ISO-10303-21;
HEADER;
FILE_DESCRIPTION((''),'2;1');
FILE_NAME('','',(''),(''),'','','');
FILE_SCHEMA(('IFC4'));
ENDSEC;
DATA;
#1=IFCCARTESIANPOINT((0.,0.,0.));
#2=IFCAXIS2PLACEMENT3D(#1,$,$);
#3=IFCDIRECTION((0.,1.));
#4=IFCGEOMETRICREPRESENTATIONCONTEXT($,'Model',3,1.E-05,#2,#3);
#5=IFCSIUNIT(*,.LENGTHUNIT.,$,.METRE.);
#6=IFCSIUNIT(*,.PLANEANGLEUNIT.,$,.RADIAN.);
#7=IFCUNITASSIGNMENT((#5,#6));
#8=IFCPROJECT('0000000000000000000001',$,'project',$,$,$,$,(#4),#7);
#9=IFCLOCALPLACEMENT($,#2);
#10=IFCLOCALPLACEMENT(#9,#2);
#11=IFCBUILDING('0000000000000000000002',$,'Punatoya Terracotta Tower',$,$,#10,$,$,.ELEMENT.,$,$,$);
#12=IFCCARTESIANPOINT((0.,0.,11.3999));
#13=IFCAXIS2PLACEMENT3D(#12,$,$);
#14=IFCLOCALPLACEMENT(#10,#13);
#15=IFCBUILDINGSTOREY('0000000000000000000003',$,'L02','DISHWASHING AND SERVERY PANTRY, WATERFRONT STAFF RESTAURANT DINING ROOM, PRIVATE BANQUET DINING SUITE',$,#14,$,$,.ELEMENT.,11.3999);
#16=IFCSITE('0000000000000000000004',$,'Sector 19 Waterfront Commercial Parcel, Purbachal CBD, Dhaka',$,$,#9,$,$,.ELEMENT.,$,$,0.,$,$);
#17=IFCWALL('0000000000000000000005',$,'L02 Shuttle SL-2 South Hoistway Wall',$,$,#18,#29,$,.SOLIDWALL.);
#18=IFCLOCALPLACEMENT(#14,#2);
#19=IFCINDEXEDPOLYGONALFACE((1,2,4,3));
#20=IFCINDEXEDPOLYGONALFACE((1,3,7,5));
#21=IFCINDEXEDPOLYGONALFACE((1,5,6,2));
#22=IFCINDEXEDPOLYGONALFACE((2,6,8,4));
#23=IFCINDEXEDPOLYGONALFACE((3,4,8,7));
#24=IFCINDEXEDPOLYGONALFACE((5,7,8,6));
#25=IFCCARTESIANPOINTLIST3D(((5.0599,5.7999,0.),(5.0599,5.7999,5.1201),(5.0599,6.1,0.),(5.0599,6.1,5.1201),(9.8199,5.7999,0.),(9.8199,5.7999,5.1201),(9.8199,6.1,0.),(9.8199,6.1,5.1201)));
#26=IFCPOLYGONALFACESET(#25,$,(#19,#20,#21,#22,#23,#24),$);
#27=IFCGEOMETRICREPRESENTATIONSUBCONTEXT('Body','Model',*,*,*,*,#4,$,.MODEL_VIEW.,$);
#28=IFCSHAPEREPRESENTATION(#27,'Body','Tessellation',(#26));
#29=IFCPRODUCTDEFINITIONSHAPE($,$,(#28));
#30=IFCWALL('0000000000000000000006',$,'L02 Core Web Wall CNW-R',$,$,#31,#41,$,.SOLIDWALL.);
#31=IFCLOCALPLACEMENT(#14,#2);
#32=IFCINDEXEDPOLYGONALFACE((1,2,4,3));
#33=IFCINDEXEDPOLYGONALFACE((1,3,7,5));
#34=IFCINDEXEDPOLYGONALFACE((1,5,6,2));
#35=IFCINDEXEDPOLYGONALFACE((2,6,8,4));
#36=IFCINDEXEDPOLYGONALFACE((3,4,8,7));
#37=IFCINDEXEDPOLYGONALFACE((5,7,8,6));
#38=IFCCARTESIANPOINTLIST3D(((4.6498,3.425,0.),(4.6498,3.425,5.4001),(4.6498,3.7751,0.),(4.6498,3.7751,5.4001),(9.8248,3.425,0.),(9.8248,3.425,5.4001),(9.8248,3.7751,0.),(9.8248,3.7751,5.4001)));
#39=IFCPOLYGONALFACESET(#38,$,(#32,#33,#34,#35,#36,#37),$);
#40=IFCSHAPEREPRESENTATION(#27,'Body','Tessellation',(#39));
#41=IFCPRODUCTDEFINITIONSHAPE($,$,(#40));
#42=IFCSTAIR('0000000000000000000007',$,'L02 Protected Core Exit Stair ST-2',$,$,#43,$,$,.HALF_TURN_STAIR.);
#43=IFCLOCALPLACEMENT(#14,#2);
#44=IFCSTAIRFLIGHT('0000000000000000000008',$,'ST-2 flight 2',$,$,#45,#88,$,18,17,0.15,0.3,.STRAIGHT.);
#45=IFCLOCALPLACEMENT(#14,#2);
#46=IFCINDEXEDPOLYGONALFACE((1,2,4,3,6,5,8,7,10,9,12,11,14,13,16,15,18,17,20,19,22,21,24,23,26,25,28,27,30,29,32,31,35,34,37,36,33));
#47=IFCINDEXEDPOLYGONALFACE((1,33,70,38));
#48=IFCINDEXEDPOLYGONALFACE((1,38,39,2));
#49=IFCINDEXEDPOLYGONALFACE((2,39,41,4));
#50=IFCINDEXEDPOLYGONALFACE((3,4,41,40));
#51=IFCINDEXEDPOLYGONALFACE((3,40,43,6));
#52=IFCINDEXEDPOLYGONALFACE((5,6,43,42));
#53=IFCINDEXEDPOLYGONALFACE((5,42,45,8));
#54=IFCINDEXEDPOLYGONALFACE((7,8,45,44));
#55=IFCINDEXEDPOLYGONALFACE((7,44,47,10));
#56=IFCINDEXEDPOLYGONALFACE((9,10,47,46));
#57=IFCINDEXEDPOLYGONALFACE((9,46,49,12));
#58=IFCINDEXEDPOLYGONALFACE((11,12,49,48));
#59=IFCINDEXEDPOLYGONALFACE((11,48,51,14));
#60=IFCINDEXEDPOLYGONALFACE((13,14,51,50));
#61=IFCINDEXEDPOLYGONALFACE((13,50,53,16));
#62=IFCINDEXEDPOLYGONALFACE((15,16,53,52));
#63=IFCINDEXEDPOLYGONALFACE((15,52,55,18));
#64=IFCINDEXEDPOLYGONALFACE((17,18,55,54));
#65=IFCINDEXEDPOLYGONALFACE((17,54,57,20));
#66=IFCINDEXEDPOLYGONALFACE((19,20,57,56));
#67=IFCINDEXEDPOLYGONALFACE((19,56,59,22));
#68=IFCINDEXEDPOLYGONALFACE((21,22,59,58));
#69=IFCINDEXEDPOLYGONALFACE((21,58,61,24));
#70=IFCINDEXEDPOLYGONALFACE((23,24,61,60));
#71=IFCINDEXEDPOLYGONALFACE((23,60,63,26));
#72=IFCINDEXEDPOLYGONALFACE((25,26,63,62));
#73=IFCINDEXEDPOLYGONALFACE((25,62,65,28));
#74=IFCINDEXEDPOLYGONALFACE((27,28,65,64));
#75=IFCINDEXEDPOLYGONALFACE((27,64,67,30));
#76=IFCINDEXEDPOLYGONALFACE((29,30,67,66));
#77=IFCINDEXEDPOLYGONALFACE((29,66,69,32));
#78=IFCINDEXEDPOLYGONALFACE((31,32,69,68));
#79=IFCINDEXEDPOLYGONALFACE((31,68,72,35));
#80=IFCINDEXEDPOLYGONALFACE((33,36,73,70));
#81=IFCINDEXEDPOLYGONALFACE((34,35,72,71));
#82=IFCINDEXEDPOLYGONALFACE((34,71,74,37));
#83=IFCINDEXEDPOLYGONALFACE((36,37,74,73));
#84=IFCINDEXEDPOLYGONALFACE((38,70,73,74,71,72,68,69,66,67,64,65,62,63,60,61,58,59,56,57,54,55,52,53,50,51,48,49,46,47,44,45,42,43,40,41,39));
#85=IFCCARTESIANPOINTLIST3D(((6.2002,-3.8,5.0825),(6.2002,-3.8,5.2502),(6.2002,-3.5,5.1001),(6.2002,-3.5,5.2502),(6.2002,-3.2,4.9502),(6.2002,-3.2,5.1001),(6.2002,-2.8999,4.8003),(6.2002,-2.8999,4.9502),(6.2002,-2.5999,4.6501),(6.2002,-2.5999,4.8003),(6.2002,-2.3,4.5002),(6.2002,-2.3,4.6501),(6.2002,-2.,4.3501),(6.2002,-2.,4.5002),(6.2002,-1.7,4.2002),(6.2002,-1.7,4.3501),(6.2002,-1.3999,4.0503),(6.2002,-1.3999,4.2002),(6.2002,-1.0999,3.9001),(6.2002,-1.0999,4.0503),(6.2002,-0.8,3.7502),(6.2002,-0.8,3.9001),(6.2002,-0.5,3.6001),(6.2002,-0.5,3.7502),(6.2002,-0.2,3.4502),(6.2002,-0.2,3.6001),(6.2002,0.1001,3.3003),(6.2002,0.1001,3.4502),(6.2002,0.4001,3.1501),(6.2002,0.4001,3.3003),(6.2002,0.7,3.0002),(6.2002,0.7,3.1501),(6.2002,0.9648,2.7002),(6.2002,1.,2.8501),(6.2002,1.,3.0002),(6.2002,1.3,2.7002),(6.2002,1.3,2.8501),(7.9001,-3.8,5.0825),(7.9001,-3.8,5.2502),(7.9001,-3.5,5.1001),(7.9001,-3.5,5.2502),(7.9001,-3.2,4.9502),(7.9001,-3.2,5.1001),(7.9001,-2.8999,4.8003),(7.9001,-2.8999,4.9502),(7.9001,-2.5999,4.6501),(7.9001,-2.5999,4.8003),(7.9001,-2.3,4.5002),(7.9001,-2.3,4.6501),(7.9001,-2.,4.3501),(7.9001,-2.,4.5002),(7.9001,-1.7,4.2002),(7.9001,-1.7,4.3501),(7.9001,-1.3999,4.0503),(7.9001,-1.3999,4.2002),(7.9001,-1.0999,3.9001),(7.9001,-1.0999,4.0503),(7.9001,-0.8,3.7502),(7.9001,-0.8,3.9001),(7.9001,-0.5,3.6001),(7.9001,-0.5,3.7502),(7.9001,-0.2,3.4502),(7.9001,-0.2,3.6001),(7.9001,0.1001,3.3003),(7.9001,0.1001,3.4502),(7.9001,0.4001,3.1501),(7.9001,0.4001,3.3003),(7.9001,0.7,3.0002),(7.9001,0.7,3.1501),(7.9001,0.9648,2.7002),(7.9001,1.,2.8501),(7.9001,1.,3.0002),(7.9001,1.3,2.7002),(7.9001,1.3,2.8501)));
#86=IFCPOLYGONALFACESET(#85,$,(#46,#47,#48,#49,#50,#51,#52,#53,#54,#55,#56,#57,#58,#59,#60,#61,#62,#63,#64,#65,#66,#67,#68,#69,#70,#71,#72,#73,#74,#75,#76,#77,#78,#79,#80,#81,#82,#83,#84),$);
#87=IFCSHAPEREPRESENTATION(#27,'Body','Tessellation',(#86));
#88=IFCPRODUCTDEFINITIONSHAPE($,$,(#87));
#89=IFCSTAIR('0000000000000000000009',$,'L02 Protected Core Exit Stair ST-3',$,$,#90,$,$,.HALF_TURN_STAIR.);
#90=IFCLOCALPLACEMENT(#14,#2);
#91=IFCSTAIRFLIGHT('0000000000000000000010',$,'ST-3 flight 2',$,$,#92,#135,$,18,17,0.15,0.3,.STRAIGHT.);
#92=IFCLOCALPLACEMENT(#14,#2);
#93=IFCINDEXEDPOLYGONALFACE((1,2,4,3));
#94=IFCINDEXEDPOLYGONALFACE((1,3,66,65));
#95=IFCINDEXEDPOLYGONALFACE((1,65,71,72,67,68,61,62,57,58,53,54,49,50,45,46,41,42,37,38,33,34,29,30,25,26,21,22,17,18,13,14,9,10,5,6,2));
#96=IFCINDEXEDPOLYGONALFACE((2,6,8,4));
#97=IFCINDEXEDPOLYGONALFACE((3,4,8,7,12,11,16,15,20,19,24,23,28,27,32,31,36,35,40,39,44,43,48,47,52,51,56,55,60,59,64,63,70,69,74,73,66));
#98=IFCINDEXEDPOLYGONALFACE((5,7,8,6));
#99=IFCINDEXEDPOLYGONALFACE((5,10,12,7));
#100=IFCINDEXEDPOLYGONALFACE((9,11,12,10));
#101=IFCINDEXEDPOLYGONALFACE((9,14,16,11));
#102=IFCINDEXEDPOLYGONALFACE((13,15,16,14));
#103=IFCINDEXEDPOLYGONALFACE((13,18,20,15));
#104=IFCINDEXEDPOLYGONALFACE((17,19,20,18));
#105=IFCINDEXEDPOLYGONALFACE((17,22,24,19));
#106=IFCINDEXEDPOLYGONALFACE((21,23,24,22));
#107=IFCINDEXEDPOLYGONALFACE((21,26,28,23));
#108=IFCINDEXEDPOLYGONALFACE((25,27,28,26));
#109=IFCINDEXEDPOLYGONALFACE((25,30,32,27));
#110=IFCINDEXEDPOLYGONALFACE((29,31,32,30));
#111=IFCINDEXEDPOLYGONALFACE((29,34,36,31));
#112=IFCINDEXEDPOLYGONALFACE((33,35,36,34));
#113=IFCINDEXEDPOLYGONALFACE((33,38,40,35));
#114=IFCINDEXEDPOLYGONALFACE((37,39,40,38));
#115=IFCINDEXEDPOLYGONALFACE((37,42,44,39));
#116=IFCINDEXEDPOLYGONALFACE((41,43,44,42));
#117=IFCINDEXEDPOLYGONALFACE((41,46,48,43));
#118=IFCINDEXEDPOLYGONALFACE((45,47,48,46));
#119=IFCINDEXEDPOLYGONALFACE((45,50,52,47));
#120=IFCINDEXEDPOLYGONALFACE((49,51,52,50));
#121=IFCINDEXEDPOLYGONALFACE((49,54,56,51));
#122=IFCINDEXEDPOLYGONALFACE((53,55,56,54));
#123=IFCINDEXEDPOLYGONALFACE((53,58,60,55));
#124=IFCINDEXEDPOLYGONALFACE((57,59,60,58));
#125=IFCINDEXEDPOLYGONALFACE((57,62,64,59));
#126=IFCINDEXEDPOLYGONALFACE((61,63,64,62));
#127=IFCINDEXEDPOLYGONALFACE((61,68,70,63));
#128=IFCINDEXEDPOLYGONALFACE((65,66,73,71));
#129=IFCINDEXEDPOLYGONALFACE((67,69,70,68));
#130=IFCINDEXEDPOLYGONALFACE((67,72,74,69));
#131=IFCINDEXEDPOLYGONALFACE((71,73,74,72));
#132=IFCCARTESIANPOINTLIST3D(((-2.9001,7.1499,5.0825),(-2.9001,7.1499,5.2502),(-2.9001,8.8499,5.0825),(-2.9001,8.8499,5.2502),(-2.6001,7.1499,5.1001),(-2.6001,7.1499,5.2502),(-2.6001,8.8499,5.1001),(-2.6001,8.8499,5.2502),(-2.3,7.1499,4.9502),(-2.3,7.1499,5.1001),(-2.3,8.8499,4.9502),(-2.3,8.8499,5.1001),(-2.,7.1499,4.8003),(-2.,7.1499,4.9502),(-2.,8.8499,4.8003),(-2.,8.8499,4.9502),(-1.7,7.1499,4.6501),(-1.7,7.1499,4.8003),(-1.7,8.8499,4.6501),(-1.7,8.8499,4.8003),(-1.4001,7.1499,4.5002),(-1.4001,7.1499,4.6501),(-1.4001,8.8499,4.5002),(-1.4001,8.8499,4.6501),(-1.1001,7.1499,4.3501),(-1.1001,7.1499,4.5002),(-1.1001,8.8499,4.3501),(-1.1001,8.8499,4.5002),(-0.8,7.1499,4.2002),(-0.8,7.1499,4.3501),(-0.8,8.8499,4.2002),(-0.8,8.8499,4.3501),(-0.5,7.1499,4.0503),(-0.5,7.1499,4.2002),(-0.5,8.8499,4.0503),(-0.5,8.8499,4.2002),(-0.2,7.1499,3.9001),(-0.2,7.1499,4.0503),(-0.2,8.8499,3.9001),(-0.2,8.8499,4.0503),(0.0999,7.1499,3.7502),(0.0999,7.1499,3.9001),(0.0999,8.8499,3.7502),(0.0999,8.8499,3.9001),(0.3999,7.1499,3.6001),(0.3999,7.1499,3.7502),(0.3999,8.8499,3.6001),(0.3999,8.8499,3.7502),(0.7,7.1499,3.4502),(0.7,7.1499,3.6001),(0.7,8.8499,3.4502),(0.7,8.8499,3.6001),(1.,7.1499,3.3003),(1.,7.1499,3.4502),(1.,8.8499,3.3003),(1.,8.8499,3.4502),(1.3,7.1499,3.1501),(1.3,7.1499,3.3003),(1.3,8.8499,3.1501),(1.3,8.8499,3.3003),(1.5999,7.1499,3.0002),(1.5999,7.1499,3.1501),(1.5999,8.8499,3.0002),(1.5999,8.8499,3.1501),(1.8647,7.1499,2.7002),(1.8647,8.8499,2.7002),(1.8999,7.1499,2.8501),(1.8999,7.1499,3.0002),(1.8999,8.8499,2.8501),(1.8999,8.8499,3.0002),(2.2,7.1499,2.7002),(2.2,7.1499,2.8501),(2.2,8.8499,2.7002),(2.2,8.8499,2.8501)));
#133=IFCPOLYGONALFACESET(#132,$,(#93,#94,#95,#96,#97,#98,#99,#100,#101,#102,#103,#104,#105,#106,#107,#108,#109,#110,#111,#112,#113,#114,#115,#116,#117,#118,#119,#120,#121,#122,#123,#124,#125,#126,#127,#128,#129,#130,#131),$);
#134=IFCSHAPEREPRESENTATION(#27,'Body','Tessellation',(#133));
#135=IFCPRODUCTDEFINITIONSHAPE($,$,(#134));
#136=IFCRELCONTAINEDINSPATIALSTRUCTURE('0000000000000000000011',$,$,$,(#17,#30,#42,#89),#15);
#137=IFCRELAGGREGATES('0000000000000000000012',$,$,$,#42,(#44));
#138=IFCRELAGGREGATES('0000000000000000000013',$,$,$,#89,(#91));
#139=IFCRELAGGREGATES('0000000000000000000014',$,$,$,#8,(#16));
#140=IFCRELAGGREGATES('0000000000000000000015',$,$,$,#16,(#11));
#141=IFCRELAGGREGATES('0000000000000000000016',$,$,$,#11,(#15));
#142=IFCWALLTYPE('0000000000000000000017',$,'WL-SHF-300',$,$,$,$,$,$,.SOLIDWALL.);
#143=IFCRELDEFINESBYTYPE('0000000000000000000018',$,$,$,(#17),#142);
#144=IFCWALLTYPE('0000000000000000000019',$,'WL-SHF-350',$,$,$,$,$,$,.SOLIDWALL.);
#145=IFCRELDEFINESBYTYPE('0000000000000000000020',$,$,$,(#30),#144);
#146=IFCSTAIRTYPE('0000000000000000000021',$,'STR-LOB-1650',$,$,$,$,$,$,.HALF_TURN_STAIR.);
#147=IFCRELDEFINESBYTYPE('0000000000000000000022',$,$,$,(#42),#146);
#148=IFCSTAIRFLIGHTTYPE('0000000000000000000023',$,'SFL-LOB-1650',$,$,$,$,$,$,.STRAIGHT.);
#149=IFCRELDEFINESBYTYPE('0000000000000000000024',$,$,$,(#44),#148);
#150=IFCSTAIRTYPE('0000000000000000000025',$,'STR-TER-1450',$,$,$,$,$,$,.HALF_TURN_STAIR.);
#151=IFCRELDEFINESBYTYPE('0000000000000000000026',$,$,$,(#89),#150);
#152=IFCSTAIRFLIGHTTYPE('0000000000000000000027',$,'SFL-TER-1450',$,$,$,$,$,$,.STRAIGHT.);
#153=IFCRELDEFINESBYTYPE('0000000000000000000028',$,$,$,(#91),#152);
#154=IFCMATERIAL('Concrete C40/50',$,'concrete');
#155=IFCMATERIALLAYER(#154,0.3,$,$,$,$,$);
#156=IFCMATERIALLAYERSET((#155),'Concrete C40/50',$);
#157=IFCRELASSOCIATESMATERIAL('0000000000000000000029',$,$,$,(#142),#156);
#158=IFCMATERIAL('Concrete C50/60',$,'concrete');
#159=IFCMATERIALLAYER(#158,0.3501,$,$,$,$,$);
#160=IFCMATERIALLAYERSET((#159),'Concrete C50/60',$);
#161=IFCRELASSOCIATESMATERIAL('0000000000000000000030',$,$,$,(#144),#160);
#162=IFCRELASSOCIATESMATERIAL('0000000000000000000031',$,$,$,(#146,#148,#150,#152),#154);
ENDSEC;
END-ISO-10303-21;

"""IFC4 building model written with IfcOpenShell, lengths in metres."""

from ifc_helpers import new_model, si_unit, direction, frame, frame_2d, origin, place, context, subcontext, project, spatial, polyline, rectangle, outline, extrude, material, layer, layer_set, type_object, element, aggregate, save


model = new_model("IFC4")

# Units and contexts
model_context = context("Model", 3, precision=1e-05, world=origin(), true_north=direction((0.0, 1.0)))
body_context = subcontext(model_context, "Body", "Model", "MODEL_VIEW")
ifc_project = project(units=[si_unit("LENGTHUNIT", "METRE"), si_unit("PLANEANGLEUNIT", "RADIAN")], contexts=[model_context])

# Site, building, storey
site_placement = place(None, origin())
site = spatial("IfcSite", under=ifc_project, at=site_placement, Name="Sector 19 Waterfront Commercial Parcel, Purbachal CBD, Dhaka", CompositionType="ELEMENT", RefElevation=0.0)
building_placement = place(site_placement, origin())
building = spatial("IfcBuilding", under=site, at=building_placement, Name="Punatoya Terracotta Tower", CompositionType="ELEMENT")
storey_placement = place(building_placement, frame((0.0, 0.0, 11.3999)))
storey = spatial("IfcBuildingStorey", under=building, at=storey_placement, Name="L02", Description="DISHWASHING AND SERVERY PANTRY, WATERFRONT STAFF RESTAURANT DINING ROOM, PRIVATE BANQUET DINING SUITE", CompositionType="ELEMENT", Elevation=11.3999)

# Shared definitions
ifc_material_1 = material(Name="Concrete C50/60", Category="concrete")

# Shared definitions
ifc_material_2 = material(Name="Concrete C40/50", Category="concrete")

# Walls
ifc_layer_1 = layer(ifc_material_2, 0.3)
ifc_layer_set_1 = layer_set([ifc_layer_1], Name="Concrete C40/50")
wall_type_1 = type_object("IfcWallType", Name="WL-SHF-300", PredefinedType="SOLIDWALL", material=ifc_layer_set_1)
wall_1_placement = place(storey_placement, frame((5.0601, 5.95, 0.0), z_axis=(0.0, 0.0, 1.0), x_axis=(1.0, 0.0, 0.0)))
element("IfcWall", 1, at=wall_1_placement, inside=storey, type_object=wall_type_1, Name="L02 Shuttle SL-2 South Hoistway Wall", PredefinedType="SOLIDWALL", context=body_context, shape_type="SweptSolid", body=[
    extrude(rectangle(XDim=4.76, YDim=0.3, at=frame_2d((2.3799, 0.0))), origin(), (0.0, 0.0, 1.0), 5.1201),
])
ifc_layer_2 = layer(ifc_material_1, 0.3501)
ifc_layer_set_2 = layer_set([ifc_layer_2], Name="Concrete C50/60")
wall_type_2 = type_object("IfcWallType", Name="WL-SHF-350", PredefinedType="SOLIDWALL", material=ifc_layer_set_2)
wall_2_placement = place(storey_placement, frame((4.6499, 3.6001, 0.0), z_axis=(0.0, 0.0, 1.0), x_axis=(1.0, 0.0, 0.0)))
element("IfcWall", 2, at=wall_2_placement, inside=storey, type_object=wall_type_2, Name="L02 Core Web Wall CNW-R", PredefinedType="SOLIDWALL", context=body_context, shape_type="SweptSolid", body=[
    extrude(rectangle(XDim=5.175, YDim=0.3501, at=frame_2d((2.5874, 0.0))), origin(), (0.0, 0.0, 1.0), 5.4001),
])

# Stairs, stair flights
stair_type_1 = type_object("IfcStairType", Name="STR-LOB-1650", PredefinedType="HALF_TURN_STAIR", material=ifc_material_2)
stair_1_placement = place(storey_placement, origin())
stair_1 = element("IfcStair", 3, at=stair_1_placement, inside=storey, type_object=stair_type_1, Name="L02 Protected Core Exit Stair ST-2", PredefinedType="HALF_TURN_STAIR")
stair_flight_type_1 = type_object("IfcStairFlightType", Name="SFL-LOB-1650", PredefinedType="STRAIGHT", material=ifc_material_2)
stair_flight_1_placement = place(storey_placement, frame((7.05, 1.3, 2.7002), z_axis=(0.0, 0.0, 1.0), x_axis=(0.0, -1.0, 0.0)))
stair_flight_1 = element("IfcStairFlight", 4, at=stair_flight_1_placement, type_object=stair_flight_type_1, Name="ST-2 flight 2", NumberOfRisers=18, NumberOfTreads=17, PredefinedType="STRAIGHT", RiserHeight=0.15, TreadLength=0.3, context=body_context, shape_type="SweptSolid", body=[
    extrude(outline(polyline([(0.0, 0.0), (0.0, 0.1499), (0.3, 0.1499), (0.3, 0.3), (0.6001, 0.3), (0.6001, 0.45), (0.8999, 0.45), (0.8999, 0.6001), (1.2, 0.6001), (1.2, 0.75), (1.5, 0.75), (1.5, 0.8999), (1.8, 0.8999), (1.8, 1.05), (2.1001, 1.05), (2.1001, 1.2), (2.3999, 1.2), (2.3999, 1.3501), (2.7, 1.3501), (2.7, 1.5), (3.0, 1.5), (3.0, 1.6499), (3.3, 1.6499), (3.3, 1.8), (3.6001, 1.8), (3.6001, 1.95), (3.8999, 1.95), (3.8999, 2.1001), (4.2, 2.1001), (4.2, 2.25), (4.5, 2.25), (4.5, 2.3999), (4.8, 2.3999), (4.8, 2.55), (5.1001, 2.55), (5.1001, 2.7), (5.1001, 2.3823), (0.3352, 0.0), (0.0, 0.0)])), frame((0.0, 0.8501, 0.0), z_axis=(0.0, -1.0, 0.0), x_axis=(1.0, 0.0, 0.0)), (0.0, 0.0, 1.0), 1.7),
])
aggregate(stair_1, [stair_flight_1])
stair_type_2 = type_object("IfcStairType", Name="STR-TER-1450", PredefinedType="HALF_TURN_STAIR", material=ifc_material_2)
stair_2_placement = place(storey_placement, origin())
stair_2 = element("IfcStair", 5, at=stair_2_placement, inside=storey, type_object=stair_type_2, Name="L02 Protected Core Exit Stair ST-3", PredefinedType="HALF_TURN_STAIR")
stair_flight_type_2 = type_object("IfcStairFlightType", Name="SFL-TER-1450", PredefinedType="STRAIGHT", material=ifc_material_2)
stair_flight_2_placement = place(storey_placement, frame((2.2, 8.0, 2.7002), z_axis=(0.0, 0.0, 1.0), x_axis=(-1.0, 0.0, 0.0)))
stair_flight_2 = element("IfcStairFlight", 6, at=stair_flight_2_placement, type_object=stair_flight_type_2, Name="ST-3 flight 2", NumberOfRisers=18, NumberOfTreads=17, PredefinedType="STRAIGHT", RiserHeight=0.15, TreadLength=0.3, context=body_context, shape_type="SweptSolid", body=[
    extrude(outline(polyline([(0.0, 0.0), (0.0, 0.1499), (0.3, 0.1499), (0.3, 0.3), (0.6001, 0.3), (0.6001, 0.45), (0.8999, 0.45), (0.8999, 0.6001), (1.2, 0.6001), (1.2, 0.75), (1.5, 0.75), (1.5, 0.8999), (1.8, 0.8999), (1.8, 1.05), (2.1001, 1.05), (2.1001, 1.2), (2.3999, 1.2), (2.3999, 1.3501), (2.7, 1.3501), (2.7, 1.5), (3.0, 1.5), (3.0, 1.6499), (3.3, 1.6499), (3.3, 1.8), (3.6001, 1.8), (3.6001, 1.95), (3.8999, 1.95), (3.8999, 2.1001), (4.2, 2.1001), (4.2, 2.25), (4.5, 2.25), (4.5, 2.3999), (4.8, 2.3999), (4.8, 2.55), (5.1001, 2.55), (5.1001, 2.7), (5.1001, 2.3823), (0.3352, 0.0), (0.0, 0.0)])), frame((0.0, 0.8501, 0.0), z_axis=(0.0, -1.0, 0.0), x_axis=(1.0, 0.0, 0.0)), (0.0, 0.0, 1.0), 1.7),
])
aggregate(stair_2, [stair_flight_2])

save(model, "model.ifc")
